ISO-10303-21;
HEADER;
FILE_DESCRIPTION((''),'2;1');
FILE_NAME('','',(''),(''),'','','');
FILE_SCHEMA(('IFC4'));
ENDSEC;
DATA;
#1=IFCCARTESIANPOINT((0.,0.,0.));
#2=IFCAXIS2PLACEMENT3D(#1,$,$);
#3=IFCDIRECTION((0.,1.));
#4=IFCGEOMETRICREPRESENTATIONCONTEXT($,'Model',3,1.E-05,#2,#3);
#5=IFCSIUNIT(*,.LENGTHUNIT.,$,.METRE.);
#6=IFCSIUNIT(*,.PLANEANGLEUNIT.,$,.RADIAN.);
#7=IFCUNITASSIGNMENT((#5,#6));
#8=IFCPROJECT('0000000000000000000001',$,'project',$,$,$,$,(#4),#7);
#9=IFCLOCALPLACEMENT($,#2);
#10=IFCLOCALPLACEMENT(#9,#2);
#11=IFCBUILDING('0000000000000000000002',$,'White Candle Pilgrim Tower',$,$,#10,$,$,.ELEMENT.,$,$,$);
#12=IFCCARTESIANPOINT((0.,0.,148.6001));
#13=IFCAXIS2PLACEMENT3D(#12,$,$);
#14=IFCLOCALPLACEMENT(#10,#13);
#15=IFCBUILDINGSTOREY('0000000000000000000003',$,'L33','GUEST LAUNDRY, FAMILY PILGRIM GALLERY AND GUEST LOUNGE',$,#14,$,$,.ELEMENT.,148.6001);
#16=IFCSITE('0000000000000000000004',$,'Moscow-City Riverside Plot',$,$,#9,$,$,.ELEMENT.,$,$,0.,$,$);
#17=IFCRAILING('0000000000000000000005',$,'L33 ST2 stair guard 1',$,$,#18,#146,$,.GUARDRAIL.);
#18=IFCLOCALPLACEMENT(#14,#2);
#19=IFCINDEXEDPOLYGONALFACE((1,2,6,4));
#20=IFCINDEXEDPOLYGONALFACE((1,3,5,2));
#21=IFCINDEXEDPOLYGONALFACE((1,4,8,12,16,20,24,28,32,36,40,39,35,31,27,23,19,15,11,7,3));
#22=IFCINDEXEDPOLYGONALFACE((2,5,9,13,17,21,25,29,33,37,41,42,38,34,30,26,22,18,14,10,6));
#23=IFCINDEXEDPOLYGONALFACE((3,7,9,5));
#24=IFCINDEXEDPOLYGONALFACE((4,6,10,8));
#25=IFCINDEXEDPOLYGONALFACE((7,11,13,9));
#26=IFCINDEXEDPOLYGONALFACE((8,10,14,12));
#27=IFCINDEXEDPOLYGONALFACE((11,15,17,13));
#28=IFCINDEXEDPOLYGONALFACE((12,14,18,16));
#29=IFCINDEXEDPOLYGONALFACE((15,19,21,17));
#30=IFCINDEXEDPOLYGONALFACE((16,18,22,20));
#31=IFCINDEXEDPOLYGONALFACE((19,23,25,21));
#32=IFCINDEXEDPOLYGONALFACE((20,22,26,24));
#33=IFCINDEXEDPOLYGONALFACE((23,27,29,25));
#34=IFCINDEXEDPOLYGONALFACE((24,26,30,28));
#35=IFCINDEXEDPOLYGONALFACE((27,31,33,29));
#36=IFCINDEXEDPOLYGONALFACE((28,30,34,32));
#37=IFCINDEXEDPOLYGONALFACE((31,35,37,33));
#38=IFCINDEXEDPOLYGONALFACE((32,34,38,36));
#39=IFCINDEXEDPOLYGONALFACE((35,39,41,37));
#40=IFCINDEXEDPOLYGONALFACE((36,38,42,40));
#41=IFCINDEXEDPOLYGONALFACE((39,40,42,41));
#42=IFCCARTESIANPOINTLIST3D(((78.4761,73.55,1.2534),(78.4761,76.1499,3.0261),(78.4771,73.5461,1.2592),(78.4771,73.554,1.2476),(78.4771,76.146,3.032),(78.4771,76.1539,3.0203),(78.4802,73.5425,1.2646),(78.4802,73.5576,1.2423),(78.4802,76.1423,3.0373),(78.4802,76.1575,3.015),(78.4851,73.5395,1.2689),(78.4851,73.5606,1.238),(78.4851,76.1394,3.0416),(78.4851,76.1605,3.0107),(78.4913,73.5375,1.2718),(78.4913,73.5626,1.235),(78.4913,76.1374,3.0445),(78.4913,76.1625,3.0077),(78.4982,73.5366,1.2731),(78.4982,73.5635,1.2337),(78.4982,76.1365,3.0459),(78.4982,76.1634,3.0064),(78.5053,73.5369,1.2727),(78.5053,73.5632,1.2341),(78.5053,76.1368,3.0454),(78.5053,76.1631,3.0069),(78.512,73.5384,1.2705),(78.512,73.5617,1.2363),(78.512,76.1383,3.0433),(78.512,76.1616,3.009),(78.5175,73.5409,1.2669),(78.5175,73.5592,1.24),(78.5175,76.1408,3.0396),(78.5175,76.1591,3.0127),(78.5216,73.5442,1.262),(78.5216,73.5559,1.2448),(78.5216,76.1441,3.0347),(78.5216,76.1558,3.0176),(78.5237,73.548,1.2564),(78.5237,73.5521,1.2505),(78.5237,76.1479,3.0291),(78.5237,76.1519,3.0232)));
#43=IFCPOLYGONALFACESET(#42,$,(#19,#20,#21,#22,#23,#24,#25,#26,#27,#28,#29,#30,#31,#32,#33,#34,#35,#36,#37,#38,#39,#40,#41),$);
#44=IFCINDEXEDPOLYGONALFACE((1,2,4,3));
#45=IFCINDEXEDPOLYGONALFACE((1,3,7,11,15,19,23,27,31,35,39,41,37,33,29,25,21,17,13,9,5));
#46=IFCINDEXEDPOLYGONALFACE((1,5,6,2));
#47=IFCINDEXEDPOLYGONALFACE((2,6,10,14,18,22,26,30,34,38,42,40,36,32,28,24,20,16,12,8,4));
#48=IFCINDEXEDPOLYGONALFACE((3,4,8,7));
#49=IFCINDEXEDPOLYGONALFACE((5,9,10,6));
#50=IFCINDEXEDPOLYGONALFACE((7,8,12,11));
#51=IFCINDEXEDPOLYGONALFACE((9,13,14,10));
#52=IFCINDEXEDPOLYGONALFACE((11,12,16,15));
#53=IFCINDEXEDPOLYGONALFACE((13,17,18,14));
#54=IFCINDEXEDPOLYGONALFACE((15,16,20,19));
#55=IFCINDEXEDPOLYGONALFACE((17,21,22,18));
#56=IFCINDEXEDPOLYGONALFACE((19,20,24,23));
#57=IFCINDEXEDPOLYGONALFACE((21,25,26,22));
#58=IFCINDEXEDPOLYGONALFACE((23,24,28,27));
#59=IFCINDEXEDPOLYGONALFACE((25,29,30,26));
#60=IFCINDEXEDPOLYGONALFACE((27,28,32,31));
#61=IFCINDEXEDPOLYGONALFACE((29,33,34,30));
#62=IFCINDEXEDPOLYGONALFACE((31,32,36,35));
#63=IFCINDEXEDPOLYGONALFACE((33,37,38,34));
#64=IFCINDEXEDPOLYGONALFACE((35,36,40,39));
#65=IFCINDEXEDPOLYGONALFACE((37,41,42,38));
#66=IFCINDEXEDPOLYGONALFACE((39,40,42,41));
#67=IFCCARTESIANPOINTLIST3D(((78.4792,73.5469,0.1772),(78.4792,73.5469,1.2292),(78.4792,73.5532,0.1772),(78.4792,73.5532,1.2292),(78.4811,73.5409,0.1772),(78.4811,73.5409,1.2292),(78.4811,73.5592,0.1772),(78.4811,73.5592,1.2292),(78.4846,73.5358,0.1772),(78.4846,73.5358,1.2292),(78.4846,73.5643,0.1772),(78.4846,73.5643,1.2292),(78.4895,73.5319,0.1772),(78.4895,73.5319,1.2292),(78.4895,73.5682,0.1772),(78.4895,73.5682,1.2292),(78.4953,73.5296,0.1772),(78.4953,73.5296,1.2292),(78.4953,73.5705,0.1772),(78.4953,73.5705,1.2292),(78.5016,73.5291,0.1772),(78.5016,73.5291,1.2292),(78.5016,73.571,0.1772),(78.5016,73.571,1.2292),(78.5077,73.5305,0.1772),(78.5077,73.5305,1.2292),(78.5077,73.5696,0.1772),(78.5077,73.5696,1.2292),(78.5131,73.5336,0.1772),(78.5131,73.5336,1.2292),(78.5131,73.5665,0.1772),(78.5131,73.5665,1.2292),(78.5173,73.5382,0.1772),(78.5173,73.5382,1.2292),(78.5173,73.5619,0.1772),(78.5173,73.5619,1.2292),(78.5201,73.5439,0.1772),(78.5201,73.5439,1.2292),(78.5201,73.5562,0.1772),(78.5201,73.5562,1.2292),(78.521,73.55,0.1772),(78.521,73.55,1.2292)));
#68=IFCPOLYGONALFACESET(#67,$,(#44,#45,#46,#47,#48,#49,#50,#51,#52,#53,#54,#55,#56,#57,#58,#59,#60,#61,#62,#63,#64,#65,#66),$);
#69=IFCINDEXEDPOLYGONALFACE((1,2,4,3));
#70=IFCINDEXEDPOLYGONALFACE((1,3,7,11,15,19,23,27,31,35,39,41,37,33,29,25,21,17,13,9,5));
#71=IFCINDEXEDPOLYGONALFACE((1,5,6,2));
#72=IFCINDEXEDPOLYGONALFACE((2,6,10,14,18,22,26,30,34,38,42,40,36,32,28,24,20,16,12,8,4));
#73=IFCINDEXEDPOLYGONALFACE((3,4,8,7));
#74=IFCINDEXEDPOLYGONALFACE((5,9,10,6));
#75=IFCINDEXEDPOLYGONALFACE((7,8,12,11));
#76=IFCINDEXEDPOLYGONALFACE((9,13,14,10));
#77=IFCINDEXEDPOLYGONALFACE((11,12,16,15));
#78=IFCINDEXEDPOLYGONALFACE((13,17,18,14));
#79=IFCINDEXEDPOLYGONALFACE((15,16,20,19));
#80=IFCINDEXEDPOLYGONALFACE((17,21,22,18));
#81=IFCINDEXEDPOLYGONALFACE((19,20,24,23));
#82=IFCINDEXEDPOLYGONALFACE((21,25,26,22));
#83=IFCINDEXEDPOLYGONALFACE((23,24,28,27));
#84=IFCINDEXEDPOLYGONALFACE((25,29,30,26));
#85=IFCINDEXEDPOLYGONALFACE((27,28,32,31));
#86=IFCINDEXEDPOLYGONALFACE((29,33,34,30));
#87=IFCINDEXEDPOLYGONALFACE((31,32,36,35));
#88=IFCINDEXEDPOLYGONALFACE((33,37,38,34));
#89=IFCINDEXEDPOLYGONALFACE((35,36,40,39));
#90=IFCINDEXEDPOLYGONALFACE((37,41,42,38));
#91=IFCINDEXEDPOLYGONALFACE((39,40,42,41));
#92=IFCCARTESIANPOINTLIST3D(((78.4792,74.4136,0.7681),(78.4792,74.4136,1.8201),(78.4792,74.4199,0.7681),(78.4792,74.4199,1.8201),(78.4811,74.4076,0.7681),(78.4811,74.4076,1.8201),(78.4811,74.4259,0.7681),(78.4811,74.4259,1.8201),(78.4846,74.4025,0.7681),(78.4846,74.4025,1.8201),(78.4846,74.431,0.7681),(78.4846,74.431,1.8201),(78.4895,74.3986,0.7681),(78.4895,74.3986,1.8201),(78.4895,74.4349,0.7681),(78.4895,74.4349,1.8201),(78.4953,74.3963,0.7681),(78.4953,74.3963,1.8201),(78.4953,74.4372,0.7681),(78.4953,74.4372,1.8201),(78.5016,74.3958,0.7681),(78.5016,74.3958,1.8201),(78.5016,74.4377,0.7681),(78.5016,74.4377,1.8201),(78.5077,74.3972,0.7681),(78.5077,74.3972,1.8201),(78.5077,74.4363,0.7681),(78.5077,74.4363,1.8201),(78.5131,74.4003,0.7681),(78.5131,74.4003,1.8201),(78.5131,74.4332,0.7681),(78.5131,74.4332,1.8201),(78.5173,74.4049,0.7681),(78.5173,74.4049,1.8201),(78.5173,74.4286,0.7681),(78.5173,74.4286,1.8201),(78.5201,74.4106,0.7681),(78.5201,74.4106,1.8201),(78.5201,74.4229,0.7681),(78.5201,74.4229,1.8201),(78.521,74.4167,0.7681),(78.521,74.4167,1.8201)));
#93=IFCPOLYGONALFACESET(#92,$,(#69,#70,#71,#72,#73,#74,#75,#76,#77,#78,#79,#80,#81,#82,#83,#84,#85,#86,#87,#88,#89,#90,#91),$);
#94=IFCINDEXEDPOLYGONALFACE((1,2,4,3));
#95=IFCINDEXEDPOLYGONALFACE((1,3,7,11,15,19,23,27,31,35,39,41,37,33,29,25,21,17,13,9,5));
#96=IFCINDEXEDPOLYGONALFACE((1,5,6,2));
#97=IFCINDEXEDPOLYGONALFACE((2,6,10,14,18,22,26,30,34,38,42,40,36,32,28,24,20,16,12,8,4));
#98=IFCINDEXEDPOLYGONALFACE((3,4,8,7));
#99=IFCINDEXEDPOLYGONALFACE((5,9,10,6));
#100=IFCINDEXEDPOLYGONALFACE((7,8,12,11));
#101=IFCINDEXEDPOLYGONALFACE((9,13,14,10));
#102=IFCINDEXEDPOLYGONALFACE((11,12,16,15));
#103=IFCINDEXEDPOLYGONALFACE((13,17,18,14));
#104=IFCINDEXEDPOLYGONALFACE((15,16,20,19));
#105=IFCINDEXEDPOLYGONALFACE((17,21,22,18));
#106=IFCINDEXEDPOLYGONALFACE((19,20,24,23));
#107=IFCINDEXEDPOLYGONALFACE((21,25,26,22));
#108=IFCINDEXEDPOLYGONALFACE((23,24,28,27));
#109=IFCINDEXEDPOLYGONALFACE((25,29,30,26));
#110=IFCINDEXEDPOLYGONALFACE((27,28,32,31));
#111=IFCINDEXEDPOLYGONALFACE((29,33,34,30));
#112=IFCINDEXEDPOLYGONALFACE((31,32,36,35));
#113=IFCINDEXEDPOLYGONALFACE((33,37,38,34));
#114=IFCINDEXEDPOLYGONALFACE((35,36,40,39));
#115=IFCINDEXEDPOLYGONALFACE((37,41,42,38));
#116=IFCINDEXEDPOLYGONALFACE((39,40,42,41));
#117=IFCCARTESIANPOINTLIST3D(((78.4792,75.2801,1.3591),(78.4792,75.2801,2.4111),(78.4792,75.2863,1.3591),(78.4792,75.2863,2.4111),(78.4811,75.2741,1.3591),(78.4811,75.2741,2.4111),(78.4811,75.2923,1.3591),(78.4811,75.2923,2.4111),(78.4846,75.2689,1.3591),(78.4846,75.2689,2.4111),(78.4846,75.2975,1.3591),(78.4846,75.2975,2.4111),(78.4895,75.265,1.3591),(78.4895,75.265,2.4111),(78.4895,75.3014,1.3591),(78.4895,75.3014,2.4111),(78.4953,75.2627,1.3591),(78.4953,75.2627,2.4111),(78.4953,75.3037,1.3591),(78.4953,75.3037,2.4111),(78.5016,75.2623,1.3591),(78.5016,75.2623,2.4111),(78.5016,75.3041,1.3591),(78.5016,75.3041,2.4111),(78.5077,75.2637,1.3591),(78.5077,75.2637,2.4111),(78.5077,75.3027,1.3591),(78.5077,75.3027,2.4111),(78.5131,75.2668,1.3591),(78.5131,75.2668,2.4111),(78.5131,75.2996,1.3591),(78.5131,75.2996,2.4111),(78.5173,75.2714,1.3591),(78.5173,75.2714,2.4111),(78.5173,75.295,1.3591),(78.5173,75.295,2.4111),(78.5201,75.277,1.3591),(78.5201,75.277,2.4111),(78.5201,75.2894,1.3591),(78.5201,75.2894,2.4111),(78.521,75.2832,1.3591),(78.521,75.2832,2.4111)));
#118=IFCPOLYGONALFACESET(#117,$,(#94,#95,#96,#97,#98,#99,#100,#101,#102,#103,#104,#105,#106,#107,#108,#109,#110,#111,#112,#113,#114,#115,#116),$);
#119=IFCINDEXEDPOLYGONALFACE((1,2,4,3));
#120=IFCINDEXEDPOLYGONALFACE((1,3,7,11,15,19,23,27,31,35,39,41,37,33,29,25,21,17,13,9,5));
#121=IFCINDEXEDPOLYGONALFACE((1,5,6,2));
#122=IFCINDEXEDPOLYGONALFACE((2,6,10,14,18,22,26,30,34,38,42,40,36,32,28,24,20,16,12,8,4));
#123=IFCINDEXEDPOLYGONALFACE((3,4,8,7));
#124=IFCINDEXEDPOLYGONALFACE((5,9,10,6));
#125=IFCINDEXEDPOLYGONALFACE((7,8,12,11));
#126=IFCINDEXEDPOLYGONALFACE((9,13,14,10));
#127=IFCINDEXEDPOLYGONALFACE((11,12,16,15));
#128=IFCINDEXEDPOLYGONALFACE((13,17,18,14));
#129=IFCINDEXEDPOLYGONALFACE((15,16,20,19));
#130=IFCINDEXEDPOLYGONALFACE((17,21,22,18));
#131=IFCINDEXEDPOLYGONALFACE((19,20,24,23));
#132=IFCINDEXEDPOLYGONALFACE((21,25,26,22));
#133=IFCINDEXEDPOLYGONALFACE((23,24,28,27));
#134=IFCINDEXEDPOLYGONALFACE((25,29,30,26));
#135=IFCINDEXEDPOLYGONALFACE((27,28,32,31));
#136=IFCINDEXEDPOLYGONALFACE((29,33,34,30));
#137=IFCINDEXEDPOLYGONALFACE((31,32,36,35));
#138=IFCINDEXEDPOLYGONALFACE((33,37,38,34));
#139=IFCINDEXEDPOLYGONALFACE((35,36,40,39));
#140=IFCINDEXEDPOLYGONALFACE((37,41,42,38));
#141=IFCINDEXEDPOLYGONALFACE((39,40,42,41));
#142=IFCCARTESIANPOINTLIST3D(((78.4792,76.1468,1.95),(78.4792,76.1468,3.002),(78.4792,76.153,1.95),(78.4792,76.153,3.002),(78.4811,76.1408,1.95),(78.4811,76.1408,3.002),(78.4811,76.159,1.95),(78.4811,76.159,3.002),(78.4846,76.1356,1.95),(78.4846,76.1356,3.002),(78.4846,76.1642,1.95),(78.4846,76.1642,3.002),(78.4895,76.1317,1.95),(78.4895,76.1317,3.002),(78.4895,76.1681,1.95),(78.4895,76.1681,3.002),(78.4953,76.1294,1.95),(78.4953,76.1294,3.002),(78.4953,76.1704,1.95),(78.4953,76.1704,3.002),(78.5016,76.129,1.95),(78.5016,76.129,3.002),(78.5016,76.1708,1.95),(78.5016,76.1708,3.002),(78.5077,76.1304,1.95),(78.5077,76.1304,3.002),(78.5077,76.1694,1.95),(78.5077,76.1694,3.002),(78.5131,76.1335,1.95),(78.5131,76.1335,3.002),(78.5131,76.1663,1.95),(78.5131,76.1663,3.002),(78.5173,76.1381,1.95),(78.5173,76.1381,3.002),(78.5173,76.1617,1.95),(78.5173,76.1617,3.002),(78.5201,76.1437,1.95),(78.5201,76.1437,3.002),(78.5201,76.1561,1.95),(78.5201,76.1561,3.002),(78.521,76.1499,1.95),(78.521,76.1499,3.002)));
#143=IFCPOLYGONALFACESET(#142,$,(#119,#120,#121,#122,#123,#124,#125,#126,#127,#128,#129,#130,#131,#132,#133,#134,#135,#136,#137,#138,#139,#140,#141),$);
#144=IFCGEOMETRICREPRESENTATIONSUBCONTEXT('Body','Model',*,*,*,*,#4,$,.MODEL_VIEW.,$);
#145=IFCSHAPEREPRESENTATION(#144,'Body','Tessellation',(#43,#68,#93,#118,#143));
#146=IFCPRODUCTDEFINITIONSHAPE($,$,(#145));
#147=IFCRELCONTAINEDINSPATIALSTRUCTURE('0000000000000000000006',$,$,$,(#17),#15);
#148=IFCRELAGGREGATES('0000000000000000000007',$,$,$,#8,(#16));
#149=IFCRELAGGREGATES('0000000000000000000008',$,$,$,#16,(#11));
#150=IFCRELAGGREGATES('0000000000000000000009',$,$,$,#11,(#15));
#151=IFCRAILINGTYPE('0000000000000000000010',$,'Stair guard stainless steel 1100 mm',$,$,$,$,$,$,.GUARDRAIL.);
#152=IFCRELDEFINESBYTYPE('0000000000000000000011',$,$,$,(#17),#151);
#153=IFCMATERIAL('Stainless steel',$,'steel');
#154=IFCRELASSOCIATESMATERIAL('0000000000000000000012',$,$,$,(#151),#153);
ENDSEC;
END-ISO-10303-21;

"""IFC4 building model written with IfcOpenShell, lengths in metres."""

from ifc_helpers import new_model, si_unit, direction, frame, origin, origin_2d, place, context, subcontext, project, spatial, circle, extrude, material, type_object, element, save


model = new_model("IFC4")

# Units and contexts
model_context = context("Model", 3, precision=1e-05, world=origin(), true_north=direction((0.0, 1.0)))
body_context = subcontext(model_context, "Body", "Model", "MODEL_VIEW")
ifc_project = project(units=[si_unit("LENGTHUNIT", "METRE"), si_unit("PLANEANGLEUNIT", "RADIAN")], contexts=[model_context])

# Site, building, storey
site_placement = place(None, origin())
site = spatial("IfcSite", under=ifc_project, at=site_placement, Name="Moscow-City Riverside Plot", CompositionType="ELEMENT", RefElevation=0.0)
building_placement = place(site_placement, origin())
building = spatial("IfcBuilding", under=site, at=building_placement, Name="White Candle Pilgrim Tower", CompositionType="ELEMENT")
storey_placement = place(building_placement, frame((0.0, 0.0, 148.6001)))
storey = spatial("IfcBuildingStorey", under=building, at=storey_placement, Name="L33", Description="GUEST LAUNDRY, FAMILY PILGRIM GALLERY AND GUEST LOUNGE", CompositionType="ELEMENT", Elevation=148.6001)

# Railing
ifc_material_1 = material(Name="Stainless steel", Category="steel")
railing_type_1 = type_object("IfcRailingType", Name="Stair guard stainless steel 1100 mm", PredefinedType="GUARDRAIL", material=ifc_material_1)
railing_1_placement = place(storey_placement, frame((78.5, 73.55, 0.1772)))
element("IfcRailing", 1, at=railing_1_placement, inside=storey, type_object=railing_type_1, Name="L33 ST2 stair guard 1", PredefinedType="GUARDRAIL", context=body_context, shape_type="SweptSolid", body=[
    extrude(circle(Radius=0.0239, at=origin_2d()), frame((0.0, 0.0, 1.0762), z_axis=(0.0, 0.826216, 0.563354), x_axis=(-1.0, 0.0, 0.0)), (0.0, 0.0, 1.0), 3.1467),
    extrude(circle(Radius=0.021, at=origin_2d()), origin(), (0.0, 0.0, 1.0), 1.052),
    extrude(circle(Radius=0.021, at=origin_2d()), frame((0.0, 0.8667, 0.5908)), (0.0, 0.0, 1.0), 1.052),
    extrude(circle(Radius=0.021, at=origin_2d()), frame((0.0, 1.7332, 1.1819)), (0.0, 0.0, 1.0), 1.052),
    extrude(circle(Radius=0.021, at=origin_2d()), frame((0.0, 2.5999, 1.7727)), (0.0, 0.0, 1.0), 1.052),
])

save(model, "model.ifc")
